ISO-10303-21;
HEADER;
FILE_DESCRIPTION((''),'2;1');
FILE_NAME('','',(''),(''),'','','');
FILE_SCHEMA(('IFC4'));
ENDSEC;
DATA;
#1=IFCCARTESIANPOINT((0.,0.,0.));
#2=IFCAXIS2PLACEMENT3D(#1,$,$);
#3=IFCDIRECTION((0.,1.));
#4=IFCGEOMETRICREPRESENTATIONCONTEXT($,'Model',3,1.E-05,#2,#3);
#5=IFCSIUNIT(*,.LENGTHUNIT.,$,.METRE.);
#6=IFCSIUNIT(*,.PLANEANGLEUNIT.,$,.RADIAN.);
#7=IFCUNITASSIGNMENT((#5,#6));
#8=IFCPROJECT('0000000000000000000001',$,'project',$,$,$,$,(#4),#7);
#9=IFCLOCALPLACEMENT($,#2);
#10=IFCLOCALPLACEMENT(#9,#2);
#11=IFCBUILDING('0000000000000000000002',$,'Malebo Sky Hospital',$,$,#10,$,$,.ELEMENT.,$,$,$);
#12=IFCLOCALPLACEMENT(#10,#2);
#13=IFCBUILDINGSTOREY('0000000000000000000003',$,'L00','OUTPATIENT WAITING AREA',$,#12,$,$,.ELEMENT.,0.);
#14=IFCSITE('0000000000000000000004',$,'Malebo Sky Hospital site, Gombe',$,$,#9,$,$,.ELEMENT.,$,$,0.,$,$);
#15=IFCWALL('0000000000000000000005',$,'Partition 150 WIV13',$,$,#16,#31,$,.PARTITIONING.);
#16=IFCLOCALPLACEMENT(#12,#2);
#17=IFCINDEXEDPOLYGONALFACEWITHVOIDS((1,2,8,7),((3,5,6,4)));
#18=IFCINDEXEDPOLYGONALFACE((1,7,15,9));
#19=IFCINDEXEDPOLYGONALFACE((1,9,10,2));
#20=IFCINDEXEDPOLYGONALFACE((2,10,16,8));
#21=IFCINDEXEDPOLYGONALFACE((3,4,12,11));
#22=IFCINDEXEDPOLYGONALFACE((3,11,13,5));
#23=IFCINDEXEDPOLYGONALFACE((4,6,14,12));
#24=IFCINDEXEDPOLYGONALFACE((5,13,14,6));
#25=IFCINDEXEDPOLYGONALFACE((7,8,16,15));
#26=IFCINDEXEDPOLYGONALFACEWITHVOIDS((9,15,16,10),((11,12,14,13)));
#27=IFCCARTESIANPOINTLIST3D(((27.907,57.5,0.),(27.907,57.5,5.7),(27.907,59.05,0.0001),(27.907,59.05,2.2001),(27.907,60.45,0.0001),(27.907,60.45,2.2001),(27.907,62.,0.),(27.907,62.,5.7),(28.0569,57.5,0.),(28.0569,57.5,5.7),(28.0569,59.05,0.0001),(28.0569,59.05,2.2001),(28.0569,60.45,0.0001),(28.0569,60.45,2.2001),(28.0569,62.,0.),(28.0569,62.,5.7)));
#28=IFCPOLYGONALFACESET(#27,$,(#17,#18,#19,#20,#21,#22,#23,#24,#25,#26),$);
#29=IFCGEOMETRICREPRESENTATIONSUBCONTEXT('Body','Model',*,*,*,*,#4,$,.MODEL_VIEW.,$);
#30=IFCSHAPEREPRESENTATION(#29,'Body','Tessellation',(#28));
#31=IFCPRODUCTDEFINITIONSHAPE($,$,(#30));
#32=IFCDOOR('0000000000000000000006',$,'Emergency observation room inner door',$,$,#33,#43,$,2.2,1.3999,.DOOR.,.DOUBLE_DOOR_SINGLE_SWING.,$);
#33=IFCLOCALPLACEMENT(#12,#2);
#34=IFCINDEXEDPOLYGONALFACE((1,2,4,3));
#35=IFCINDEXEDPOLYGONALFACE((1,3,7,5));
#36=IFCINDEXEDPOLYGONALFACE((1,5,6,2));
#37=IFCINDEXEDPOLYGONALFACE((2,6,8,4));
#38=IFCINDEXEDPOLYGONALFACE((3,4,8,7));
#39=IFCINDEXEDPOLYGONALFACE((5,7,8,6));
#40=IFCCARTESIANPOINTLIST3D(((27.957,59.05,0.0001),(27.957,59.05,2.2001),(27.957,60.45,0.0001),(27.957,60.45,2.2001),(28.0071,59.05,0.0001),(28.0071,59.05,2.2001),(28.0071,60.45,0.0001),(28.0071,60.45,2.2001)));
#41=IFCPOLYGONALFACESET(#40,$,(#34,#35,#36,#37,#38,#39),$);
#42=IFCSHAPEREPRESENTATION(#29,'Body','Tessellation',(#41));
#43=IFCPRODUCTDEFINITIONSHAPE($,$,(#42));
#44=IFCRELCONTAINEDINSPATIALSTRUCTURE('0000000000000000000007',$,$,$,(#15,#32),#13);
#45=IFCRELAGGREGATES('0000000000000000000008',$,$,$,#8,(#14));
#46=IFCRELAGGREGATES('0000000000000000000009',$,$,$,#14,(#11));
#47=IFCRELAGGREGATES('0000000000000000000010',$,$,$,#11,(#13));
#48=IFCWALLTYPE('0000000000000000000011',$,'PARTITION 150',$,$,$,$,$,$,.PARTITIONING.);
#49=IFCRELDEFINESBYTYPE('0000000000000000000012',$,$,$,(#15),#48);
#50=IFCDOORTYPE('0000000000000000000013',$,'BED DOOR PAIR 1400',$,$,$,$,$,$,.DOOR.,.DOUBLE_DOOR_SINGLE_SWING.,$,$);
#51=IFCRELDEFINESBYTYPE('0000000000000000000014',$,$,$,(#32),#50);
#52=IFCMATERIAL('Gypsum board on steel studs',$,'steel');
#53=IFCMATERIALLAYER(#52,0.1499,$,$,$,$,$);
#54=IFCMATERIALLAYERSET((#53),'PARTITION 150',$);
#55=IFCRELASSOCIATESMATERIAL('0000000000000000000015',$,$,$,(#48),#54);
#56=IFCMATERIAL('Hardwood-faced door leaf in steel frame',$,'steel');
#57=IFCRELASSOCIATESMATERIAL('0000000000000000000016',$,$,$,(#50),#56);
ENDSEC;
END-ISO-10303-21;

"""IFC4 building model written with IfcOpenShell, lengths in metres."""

from ifc_helpers import new_model, si_unit, direction, frame, frame_2d, origin, place, context, subcontext, project, spatial, rectangle, extrude, material, layer, layer_set, type_object, element, fill, save


model = new_model("IFC4")

# Units and contexts
model_context = context("Model", 3, precision=1e-05, world=origin(), true_north=direction((0.0, 1.0)))
body_context = subcontext(model_context, "Body", "Model", "MODEL_VIEW")
ifc_project = project(units=[si_unit("LENGTHUNIT", "METRE"), si_unit("PLANEANGLEUNIT", "RADIAN")], contexts=[model_context])

# Site, building, storey
site_placement = place(None, origin())
site = spatial("IfcSite", under=ifc_project, at=site_placement, Name="Malebo Sky Hospital site, Gombe", CompositionType="ELEMENT", RefElevation=0.0)
building_placement = place(site_placement, origin())
building = spatial("IfcBuilding", under=site, at=building_placement, Name="Malebo Sky Hospital", CompositionType="ELEMENT")
storey_placement = place(building_placement, origin())
storey = spatial("IfcBuildingStorey", under=building, at=storey_placement, Name="L00", Description="OUTPATIENT WAITING AREA", CompositionType="ELEMENT", Elevation=0.0)

# Shared definitions
ifc_material_1 = material(Name="Gypsum board on steel studs", Category="steel")
ifc_material_2 = material(Name="Hardwood-faced door leaf in steel frame", Category="steel")

# Shared definitions
ifc_layer_1 = layer(ifc_material_1, 0.1499)
ifc_layer_set_1 = layer_set([ifc_layer_1], Name="PARTITION 150")
wall_type_1 = type_object("IfcWallType", Name="PARTITION 150", PredefinedType="PARTITIONING", material=ifc_layer_set_1)

# Wall, opening, door
wall_1_placement = place(storey_placement, frame((27.9819, 57.5, 0.0), z_axis=(0.0, 0.0, 1.0), x_axis=(0.0, 1.0, 0.0)))
wall_1 = element("IfcWall", 1, at=wall_1_placement, inside=storey, type_object=wall_type_1, Name="Partition 150 WIV13", PredefinedType="PARTITIONING", context=body_context, shape_type="SweptSolid", body=[
    extrude(rectangle(XDim=4.5, YDim=0.1499, at=frame_2d((2.25, 0.0))), origin(), (0.0, 0.0, 1.0), 5.7),
])
opening_1_placement = place(wall_1_placement, frame((1.55, 0.0, 0.0)))
opening_1 = element("IfcOpeningElement", 2, at=opening_1_placement, cuts=wall_1, PredefinedType="OPENING", context=body_context, shape_type="SweptSolid", body=[
    extrude(rectangle(XDim=1.3999, YDim=2.2, at=frame_2d((0.7, 1.1001))), frame((0.0, 0.085, 0.0), z_axis=(0.0, -1.0, 0.0), x_axis=(1.0, 0.0, 0.0)), (0.0, 0.0, 1.0), 0.1699),
])
door_type_1 = type_object("IfcDoorType", Name="BED DOOR PAIR 1400", OperationType="DOUBLE_DOOR_SINGLE_SWING", PredefinedType="DOOR", material=ifc_material_2)
door_1_placement = place(opening_1_placement, origin())
door_1 = element("IfcDoor", 3, at=door_1_placement, inside=storey, type_object=door_type_1, Name="Emergency observation room inner door", OperationType="DOUBLE_DOOR_SINGLE_SWING", OverallHeight=2.2, OverallWidth=1.3999, PredefinedType="DOOR", context=body_context, shape_type="SweptSolid", body=[
    extrude(rectangle(XDim=1.3999, YDim=2.2, at=frame_2d((0.7, 1.1001))), frame((0.0, 0.0249, 0.0), z_axis=(0.0, -1.0, 0.0), x_axis=(1.0, 0.0, 0.0)), (0.0, 0.0, 1.0), 0.05),
])
fill(opening_1, door_1)

save(model, "model.ifc")
